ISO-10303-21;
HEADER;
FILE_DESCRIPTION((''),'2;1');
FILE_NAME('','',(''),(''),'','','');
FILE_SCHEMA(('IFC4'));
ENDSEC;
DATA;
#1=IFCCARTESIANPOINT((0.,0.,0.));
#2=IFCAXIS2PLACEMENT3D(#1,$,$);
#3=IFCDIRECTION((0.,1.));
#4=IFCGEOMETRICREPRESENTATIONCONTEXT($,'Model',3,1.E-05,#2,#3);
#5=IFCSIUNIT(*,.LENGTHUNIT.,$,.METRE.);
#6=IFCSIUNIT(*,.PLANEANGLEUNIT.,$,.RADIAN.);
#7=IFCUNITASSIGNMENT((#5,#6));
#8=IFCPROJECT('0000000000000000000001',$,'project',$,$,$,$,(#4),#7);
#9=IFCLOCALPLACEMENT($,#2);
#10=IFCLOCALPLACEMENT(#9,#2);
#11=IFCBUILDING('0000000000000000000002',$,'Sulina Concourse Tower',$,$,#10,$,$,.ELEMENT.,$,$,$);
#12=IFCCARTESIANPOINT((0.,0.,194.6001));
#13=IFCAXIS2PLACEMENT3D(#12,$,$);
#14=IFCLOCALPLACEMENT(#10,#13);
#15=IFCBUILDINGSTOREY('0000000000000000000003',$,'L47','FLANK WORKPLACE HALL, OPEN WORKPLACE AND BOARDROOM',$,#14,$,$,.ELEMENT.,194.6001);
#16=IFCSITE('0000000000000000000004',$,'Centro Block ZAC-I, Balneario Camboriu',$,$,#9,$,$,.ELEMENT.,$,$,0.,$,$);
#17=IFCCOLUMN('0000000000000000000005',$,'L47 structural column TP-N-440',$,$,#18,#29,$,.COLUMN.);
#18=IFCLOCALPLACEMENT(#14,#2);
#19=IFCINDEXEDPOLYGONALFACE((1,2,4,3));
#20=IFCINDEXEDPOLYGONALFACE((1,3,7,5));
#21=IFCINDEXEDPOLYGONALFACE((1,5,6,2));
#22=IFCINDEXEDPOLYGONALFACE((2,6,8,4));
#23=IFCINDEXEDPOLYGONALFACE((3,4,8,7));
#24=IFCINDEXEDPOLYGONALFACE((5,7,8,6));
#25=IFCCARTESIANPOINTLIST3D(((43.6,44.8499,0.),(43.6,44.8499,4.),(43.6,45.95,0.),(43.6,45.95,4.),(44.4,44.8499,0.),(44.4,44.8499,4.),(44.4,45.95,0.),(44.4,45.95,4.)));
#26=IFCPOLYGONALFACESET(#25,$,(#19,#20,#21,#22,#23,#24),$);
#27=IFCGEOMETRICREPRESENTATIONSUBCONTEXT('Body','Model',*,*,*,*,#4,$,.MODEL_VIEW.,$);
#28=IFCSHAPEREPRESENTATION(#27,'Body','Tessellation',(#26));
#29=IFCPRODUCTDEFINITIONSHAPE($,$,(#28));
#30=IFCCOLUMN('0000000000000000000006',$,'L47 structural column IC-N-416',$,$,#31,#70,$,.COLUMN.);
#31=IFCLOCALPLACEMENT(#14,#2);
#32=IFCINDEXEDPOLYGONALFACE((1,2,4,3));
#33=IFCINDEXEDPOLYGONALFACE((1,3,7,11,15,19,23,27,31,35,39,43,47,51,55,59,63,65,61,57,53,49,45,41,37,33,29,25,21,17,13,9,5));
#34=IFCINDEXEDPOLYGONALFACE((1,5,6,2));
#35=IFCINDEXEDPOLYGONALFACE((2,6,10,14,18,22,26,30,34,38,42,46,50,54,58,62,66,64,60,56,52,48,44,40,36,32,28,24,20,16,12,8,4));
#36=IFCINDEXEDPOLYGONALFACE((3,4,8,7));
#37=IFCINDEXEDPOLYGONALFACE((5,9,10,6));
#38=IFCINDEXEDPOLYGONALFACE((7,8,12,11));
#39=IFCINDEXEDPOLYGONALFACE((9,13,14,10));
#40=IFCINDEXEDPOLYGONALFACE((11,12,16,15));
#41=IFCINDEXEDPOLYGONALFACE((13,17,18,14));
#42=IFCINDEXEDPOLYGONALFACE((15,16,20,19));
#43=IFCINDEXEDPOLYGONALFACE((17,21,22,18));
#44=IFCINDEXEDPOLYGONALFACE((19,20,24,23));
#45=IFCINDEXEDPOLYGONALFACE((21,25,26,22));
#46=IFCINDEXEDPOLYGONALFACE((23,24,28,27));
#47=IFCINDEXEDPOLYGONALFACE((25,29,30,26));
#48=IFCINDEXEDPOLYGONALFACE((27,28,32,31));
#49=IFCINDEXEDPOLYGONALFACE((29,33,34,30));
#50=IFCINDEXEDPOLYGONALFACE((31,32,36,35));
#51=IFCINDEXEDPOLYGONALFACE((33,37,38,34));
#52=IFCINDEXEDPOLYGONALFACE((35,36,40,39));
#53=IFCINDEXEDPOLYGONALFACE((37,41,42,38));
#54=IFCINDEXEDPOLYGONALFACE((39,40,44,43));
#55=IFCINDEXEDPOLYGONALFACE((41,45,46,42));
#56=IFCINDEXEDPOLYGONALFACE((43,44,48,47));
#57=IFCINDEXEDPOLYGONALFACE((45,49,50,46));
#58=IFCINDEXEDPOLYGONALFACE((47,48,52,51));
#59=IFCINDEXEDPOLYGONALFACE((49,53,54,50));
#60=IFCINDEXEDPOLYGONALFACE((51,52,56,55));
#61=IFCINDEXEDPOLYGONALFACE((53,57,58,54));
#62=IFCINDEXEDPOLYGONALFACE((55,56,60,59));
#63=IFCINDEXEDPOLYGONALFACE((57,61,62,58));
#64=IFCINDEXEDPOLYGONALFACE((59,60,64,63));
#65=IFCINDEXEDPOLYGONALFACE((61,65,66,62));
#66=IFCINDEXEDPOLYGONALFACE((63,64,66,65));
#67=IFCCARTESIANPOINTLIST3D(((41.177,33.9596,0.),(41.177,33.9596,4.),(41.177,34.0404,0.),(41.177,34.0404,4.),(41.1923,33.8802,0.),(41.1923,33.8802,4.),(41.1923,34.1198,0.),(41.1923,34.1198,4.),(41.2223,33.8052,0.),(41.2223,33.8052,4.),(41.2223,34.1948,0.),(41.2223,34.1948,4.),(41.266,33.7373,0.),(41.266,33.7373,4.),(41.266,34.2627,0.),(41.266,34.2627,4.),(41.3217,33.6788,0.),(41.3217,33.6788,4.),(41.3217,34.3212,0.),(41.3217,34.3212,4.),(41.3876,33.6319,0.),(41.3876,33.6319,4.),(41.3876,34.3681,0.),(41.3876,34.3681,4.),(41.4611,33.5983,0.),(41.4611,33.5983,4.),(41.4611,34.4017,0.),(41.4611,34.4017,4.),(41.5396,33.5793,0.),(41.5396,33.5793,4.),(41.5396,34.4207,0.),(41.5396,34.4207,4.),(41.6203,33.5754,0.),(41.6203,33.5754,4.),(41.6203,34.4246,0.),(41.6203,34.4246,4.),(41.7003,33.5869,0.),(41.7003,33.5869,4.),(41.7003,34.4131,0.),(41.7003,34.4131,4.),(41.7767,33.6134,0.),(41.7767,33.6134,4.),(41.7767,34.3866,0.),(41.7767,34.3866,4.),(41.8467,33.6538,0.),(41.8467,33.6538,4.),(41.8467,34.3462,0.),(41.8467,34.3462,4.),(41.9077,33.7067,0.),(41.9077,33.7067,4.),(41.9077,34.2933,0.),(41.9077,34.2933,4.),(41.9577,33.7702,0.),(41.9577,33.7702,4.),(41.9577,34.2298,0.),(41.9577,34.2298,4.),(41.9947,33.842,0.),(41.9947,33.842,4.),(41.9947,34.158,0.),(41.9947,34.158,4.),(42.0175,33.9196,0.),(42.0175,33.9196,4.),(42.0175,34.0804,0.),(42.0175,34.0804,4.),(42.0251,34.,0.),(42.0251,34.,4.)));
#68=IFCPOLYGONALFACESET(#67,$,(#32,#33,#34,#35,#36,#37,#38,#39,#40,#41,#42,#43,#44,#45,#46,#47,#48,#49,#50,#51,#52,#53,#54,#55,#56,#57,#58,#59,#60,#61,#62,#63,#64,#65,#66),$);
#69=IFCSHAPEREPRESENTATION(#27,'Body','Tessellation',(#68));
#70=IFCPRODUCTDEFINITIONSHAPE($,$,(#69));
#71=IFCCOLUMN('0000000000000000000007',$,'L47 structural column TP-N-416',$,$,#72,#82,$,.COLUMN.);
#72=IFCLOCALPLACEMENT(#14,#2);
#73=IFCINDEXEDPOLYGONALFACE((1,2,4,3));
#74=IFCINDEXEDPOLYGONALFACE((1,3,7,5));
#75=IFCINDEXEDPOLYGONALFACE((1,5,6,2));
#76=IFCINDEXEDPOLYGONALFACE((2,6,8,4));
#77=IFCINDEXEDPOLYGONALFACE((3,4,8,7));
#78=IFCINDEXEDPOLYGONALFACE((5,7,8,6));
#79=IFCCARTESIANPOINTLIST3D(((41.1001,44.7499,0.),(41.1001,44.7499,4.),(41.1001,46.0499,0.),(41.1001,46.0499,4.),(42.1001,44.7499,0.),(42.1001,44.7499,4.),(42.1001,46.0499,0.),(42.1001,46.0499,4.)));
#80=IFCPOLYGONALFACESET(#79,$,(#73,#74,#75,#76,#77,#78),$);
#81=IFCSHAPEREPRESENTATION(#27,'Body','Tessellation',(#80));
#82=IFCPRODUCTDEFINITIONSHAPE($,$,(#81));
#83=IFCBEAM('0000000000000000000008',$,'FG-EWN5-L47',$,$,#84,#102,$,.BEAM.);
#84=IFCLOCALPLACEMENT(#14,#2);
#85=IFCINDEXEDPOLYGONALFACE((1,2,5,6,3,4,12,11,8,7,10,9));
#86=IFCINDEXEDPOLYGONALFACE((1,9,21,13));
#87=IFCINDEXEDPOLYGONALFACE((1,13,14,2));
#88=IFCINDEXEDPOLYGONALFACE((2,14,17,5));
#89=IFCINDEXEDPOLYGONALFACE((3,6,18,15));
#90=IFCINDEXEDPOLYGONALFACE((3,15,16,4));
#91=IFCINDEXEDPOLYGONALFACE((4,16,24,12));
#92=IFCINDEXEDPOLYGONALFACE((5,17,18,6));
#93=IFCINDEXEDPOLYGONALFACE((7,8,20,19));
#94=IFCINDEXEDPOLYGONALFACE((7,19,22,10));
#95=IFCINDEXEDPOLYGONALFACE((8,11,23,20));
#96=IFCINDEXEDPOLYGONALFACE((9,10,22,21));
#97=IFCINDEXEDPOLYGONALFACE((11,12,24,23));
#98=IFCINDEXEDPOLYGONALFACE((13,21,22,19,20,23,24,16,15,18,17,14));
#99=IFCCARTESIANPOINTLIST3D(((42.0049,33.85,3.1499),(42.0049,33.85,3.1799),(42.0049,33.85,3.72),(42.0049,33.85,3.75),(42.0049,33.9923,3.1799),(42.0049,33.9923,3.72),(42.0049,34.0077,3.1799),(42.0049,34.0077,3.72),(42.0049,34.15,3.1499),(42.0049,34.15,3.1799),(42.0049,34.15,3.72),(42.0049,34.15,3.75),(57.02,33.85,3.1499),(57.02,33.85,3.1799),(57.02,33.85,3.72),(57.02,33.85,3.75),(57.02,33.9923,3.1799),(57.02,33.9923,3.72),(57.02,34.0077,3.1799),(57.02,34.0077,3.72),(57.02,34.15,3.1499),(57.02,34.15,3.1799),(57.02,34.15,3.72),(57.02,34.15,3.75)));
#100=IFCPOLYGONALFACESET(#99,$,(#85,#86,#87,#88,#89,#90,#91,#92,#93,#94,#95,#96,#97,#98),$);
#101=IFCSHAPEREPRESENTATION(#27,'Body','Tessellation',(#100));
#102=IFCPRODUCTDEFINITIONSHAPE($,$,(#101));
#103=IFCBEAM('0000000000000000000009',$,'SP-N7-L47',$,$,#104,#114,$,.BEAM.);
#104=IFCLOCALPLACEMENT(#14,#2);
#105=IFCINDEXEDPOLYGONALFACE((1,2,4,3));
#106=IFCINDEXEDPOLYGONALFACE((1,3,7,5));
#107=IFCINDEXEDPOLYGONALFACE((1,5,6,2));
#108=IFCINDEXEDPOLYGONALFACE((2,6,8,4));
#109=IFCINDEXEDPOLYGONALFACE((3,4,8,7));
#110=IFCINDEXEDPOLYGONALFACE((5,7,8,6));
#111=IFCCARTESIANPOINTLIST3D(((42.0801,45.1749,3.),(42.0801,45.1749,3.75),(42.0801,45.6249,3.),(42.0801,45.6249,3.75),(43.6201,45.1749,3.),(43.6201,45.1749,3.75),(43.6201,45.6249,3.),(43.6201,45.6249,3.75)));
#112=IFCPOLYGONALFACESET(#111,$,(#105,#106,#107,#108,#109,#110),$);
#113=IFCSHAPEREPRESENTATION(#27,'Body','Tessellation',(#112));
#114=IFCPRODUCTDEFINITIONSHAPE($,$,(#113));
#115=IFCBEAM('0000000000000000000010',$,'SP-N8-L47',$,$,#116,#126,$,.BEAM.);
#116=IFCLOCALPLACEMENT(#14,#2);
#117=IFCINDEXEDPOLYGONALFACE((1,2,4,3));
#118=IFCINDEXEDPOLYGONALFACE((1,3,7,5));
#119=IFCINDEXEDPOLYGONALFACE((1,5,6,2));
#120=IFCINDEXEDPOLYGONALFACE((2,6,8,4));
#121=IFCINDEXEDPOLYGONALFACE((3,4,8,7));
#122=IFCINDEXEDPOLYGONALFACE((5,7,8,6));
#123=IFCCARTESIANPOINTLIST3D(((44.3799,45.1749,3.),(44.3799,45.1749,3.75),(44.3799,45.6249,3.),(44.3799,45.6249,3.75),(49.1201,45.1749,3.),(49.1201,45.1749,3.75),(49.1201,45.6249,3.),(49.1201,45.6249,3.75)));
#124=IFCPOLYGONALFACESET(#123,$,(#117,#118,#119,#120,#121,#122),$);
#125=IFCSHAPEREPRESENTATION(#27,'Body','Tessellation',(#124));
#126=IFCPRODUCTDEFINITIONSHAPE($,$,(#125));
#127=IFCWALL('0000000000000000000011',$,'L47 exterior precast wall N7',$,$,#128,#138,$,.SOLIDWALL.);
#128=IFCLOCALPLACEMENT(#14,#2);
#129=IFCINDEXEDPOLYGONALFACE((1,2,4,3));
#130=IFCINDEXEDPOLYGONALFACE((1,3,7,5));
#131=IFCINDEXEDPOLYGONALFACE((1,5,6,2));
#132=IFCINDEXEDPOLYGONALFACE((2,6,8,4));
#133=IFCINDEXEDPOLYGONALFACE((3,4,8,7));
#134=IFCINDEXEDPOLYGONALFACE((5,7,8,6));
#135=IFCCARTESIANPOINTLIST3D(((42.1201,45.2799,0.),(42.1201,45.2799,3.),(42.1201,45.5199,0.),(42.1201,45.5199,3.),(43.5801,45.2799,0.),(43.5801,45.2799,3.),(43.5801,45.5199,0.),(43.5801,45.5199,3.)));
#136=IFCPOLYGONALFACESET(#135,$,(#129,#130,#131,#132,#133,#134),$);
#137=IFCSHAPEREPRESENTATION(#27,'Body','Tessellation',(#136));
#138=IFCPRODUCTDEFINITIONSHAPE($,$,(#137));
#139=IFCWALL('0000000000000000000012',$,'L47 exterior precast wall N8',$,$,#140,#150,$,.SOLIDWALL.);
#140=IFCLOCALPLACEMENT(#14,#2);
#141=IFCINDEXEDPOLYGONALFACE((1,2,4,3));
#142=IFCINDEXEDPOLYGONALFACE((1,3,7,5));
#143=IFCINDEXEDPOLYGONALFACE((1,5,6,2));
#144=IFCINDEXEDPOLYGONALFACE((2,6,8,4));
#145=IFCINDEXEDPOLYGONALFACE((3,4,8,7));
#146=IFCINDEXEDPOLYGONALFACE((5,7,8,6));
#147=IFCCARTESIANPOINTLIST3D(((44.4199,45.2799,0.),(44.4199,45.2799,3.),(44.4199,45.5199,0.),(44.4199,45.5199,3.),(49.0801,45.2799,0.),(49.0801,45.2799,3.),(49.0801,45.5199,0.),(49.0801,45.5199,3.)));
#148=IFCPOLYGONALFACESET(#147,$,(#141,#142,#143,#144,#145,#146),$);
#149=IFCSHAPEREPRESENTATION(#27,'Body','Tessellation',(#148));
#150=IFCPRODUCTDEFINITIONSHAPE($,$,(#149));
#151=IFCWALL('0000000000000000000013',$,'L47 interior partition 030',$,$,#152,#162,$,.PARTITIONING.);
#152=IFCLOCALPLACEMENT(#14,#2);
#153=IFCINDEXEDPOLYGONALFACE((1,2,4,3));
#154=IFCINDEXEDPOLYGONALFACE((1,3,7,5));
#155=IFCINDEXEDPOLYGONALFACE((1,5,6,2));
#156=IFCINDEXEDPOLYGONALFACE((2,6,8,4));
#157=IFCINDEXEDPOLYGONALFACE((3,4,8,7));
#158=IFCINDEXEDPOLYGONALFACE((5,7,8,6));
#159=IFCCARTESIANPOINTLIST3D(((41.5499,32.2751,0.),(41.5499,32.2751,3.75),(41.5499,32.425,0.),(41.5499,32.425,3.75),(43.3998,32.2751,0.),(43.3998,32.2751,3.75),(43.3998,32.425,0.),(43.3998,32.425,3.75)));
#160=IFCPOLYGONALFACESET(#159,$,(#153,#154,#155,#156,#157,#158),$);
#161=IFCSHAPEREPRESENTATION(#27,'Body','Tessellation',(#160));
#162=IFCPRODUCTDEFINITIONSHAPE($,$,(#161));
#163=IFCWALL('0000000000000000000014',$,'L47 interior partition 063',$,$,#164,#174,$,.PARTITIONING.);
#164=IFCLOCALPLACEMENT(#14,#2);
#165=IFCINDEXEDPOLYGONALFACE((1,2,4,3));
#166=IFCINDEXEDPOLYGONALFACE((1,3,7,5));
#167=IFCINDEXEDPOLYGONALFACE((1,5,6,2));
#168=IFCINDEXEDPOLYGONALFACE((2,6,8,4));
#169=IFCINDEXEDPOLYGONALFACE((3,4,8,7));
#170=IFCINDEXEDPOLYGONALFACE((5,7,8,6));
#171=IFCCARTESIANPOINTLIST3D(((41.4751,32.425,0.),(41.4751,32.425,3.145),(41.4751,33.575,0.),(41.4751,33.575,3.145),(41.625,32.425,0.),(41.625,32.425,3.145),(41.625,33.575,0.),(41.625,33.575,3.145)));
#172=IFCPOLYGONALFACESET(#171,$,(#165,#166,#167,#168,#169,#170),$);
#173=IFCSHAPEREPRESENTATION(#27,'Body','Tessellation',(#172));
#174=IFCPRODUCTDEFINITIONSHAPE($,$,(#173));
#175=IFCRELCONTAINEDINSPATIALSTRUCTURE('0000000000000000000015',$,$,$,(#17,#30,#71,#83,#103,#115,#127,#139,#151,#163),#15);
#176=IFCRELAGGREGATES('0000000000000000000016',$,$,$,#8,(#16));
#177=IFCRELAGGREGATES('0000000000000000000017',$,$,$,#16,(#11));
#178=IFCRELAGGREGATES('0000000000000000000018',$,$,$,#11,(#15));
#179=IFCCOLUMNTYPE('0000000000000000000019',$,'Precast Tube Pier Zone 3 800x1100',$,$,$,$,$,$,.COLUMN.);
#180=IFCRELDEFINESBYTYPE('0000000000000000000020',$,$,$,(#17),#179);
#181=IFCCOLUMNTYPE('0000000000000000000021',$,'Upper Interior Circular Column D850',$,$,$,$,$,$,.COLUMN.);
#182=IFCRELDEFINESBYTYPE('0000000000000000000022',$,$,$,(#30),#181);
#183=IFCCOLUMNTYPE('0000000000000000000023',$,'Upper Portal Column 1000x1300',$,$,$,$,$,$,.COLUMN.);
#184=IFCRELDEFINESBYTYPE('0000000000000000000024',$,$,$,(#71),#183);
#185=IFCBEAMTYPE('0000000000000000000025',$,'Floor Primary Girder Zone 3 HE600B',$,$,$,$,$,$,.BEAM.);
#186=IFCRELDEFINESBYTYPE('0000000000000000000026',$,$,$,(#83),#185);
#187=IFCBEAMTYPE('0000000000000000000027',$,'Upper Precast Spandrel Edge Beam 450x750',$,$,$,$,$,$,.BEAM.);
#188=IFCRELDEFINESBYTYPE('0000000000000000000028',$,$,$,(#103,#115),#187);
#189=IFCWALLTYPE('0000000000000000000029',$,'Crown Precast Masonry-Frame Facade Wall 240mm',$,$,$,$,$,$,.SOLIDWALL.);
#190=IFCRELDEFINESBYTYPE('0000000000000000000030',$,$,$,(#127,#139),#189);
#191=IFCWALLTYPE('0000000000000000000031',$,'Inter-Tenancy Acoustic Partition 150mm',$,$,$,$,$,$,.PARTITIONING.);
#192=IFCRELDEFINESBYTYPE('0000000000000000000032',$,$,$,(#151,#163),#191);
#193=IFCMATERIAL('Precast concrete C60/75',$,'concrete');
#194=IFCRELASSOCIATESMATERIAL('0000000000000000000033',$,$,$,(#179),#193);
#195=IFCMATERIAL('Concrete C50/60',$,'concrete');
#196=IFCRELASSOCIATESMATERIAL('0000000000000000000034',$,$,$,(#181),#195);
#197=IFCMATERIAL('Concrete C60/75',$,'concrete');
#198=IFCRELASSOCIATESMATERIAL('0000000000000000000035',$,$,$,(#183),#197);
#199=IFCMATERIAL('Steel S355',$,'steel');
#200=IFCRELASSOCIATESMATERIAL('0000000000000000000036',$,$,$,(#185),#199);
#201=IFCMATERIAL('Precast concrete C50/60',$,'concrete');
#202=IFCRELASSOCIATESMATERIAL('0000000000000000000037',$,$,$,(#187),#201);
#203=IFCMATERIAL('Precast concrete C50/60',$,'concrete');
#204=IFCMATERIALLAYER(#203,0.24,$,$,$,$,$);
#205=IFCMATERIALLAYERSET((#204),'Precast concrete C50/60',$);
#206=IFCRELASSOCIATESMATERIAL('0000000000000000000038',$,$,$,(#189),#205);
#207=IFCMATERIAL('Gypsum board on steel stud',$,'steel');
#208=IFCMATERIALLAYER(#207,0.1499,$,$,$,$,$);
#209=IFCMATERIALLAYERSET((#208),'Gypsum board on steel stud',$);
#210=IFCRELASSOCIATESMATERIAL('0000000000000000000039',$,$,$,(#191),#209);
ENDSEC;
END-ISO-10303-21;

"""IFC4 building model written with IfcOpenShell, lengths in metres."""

from ifc_helpers import new_model, si_unit, direction, frame, frame_2d, origin, origin_2d, place, context, subcontext, project, spatial, rectangle, circle, i_section, extrude, material, layer, layer_set, material_profile, profile_set, type_object, element, save


model = new_model("IFC4")

# Units and contexts
model_context = context("Model", 3, precision=1e-05, world=origin(), true_north=direction((0.0, 1.0)))
body_context = subcontext(model_context, "Body", "Model", "MODEL_VIEW")
ifc_project = project(units=[si_unit("LENGTHUNIT", "METRE"), si_unit("PLANEANGLEUNIT", "RADIAN")], contexts=[model_context])

# Site, building, storey
site_placement = place(None, origin())
site = spatial("IfcSite", under=ifc_project, at=site_placement, Name="Centro Block ZAC-I, Balneario Camboriu", CompositionType="ELEMENT", RefElevation=0.0)
building_placement = place(site_placement, origin())
building = spatial("IfcBuilding", under=site, at=building_placement, Name="Sulina Concourse Tower", CompositionType="ELEMENT")
storey_placement = place(building_placement, frame((0.0, 0.0, 194.6001)))
storey = spatial("IfcBuildingStorey", under=building, at=storey_placement, Name="L47", Description="FLANK WORKPLACE HALL, OPEN WORKPLACE AND BOARDROOM", CompositionType="ELEMENT", Elevation=194.6001)

# Columns
ifc_material_1 = material(Name="Precast concrete C60/75", Category="concrete")
ifc_material_profile_1 = material_profile(ifc_material_1, rectangle(XDim=0.8, YDim=1.1001, at=origin_2d()), Name="PC 800x1100")
ifc_profile_set_1 = profile_set([ifc_material_profile_1], Name="Precast concrete C60/75")
column_type_1 = type_object("IfcColumnType", Name="Precast Tube Pier Zone 3 800x1100", PredefinedType="COLUMN", material=ifc_profile_set_1)
column_1_placement = place(storey_placement, frame((44.0, 45.3999, 0.0), z_axis=(0.0, 0.0, 1.0), x_axis=(1.0, 0.0, 0.0)))
element("IfcColumn", 1, at=column_1_placement, inside=storey, type_object=column_type_1, Name="L47 structural column TP-N-440", PredefinedType="COLUMN", context=body_context, shape_type="SweptSolid", body=[
    extrude(rectangle(XDim=0.8, YDim=1.1001, at=origin_2d()), origin(), (0.0, 0.0, 1.0), 4.0),
])
ifc_material_2 = material(Name="Concrete C50/60", Category="concrete")
ifc_material_profile_2 = material_profile(ifc_material_2, circle(Radius=0.425, at=origin_2d()), Name="RC D850")
ifc_profile_set_2 = profile_set([ifc_material_profile_2], Name="Concrete C50/60")
column_type_2 = type_object("IfcColumnType", Name="Upper Interior Circular Column D850", PredefinedType="COLUMN", material=ifc_profile_set_2)
column_2_placement = place(storey_placement, frame((41.6001, 34.0, 0.0), z_axis=(0.0, 0.0, 1.0), x_axis=(1.0, 0.0, 0.0)))
element("IfcColumn", 2, at=column_2_placement, inside=storey, type_object=column_type_2, Name="L47 structural column IC-N-416", PredefinedType="COLUMN", context=body_context, shape_type="SweptSolid", body=[
    extrude(circle(Radius=0.425, at=origin_2d()), origin(), (0.0, 0.0, 1.0), 4.0),
])
ifc_material_3 = material(Name="Concrete C60/75", Category="concrete")
ifc_material_profile_3 = material_profile(ifc_material_3, rectangle(XDim=1.0, YDim=1.3, at=origin_2d()), Name="RC 1000x1300")
ifc_profile_set_3 = profile_set([ifc_material_profile_3], Name="Concrete C60/75")
column_type_3 = type_object("IfcColumnType", Name="Upper Portal Column 1000x1300", PredefinedType="COLUMN", material=ifc_profile_set_3)
column_3_placement = place(storey_placement, frame((41.6001, 45.3999, 0.0), z_axis=(0.0, 0.0, 1.0), x_axis=(1.0, 0.0, 0.0)))
element("IfcColumn", 3, at=column_3_placement, inside=storey, type_object=column_type_3, Name="L47 structural column TP-N-416", PredefinedType="COLUMN", context=body_context, shape_type="SweptSolid", body=[
    extrude(rectangle(XDim=1.0, YDim=1.3, at=origin_2d()), origin(), (0.0, 0.0, 1.0), 4.0),
])

# Beams
ifc_material_4 = material(Name="Steel S355", Category="steel")
ifc_material_profile_4 = material_profile(ifc_material_4, i_section(OverallWidth=0.3, OverallDepth=0.6001, WebThickness=0.0154, FlangeThickness=0.03, at=origin_2d()), Name="HE 600 B")
ifc_profile_set_4 = profile_set([ifc_material_profile_4], Name="Steel S355")
beam_type_1 = type_object("IfcBeamType", Name="Floor Primary Girder Zone 3 HE600B", PredefinedType="BEAM", material=ifc_profile_set_4)
beam_1_placement = place(storey_placement, frame((42.0049, 34.0, 3.45), z_axis=(1.0, 0.0, 0.0), x_axis=(0.0, 1.0, 0.0)))
element("IfcBeam", 4, at=beam_1_placement, inside=storey, type_object=beam_type_1, Name="FG-EWN5-L47", PredefinedType="BEAM", context=body_context, shape_type="SweptSolid", body=[
    extrude(i_section(OverallWidth=0.3, OverallDepth=0.6001, WebThickness=0.0154, FlangeThickness=0.03, at=origin_2d()), origin(), (0.0, 0.0, 1.0), 15.0151),
])
ifc_material_5 = material(Name="Precast concrete C50/60", Category="concrete")
ifc_material_profile_5 = material_profile(ifc_material_5, rectangle(XDim=0.45, YDim=0.75, at=origin_2d()), Name="RC 450x750")
ifc_profile_set_5 = profile_set([ifc_material_profile_5], Name="Precast concrete C50/60")
beam_type_2 = type_object("IfcBeamType", Name="Upper Precast Spandrel Edge Beam 450x750", PredefinedType="BEAM", material=ifc_profile_set_5)
beam_2_placement = place(storey_placement, frame((42.0801, 45.3999, 3.375), z_axis=(1.0, 0.0, 0.0), x_axis=(0.0, 1.0, 0.0)))
element("IfcBeam", 5, at=beam_2_placement, inside=storey, type_object=beam_type_2, Name="SP-N7-L47", PredefinedType="BEAM", context=body_context, shape_type="SweptSolid", body=[
    extrude(rectangle(XDim=0.45, YDim=0.75, at=origin_2d()), origin(), (0.0, 0.0, 1.0), 1.54),
])
beam_3_placement = place(storey_placement, frame((44.3799, 45.3999, 3.375), z_axis=(1.0, 0.0, 0.0), x_axis=(0.0, 1.0, 0.0)))
element("IfcBeam", 6, at=beam_3_placement, inside=storey, type_object=beam_type_2, Name="SP-N8-L47", PredefinedType="BEAM", context=body_context, shape_type="SweptSolid", body=[
    extrude(rectangle(XDim=0.45, YDim=0.75, at=origin_2d()), origin(), (0.0, 0.0, 1.0), 4.7402),
])

# Walls
ifc_material_6 = material(Name="Precast concrete C50/60", Category="concrete")
ifc_layer_1 = layer(ifc_material_6, 0.24)
ifc_layer_set_1 = layer_set([ifc_layer_1], Name="Precast concrete C50/60")
wall_type_1 = type_object("IfcWallType", Name="Crown Precast Masonry-Frame Facade Wall 240mm", PredefinedType="SOLIDWALL", material=ifc_layer_set_1)
wall_1_placement = place(storey_placement, frame((42.1201, 45.3999, 0.0), z_axis=(0.0, 0.0, 1.0), x_axis=(1.0, 0.0, 0.0)))
element("IfcWall", 7, at=wall_1_placement, inside=storey, type_object=wall_type_1, Name="L47 exterior precast wall N7", PredefinedType="SOLIDWALL", context=body_context, shape_type="SweptSolid", body=[
    extrude(rectangle(XDim=1.46, YDim=0.24, at=frame_2d((0.73, 0.0))), origin(), (0.0, 0.0, 1.0), 3.0),
])
wall_2_placement = place(storey_placement, frame((44.4199, 45.3999, 0.0), z_axis=(0.0, 0.0, 1.0), x_axis=(1.0, 0.0, 0.0)))
element("IfcWall", 8, at=wall_2_placement, inside=storey, type_object=wall_type_1, Name="L47 exterior precast wall N8", PredefinedType="SOLIDWALL", context=body_context, shape_type="SweptSolid", body=[
    extrude(rectangle(XDim=4.6602, YDim=0.24, at=frame_2d((2.3301, 0.0))), origin(), (0.0, 0.0, 1.0), 3.0),
])
ifc_material_7 = material(Name="Gypsum board on steel stud", Category="steel")
ifc_layer_2 = layer(ifc_material_7, 0.1499)
ifc_layer_set_2 = layer_set([ifc_layer_2], Name="Gypsum board on steel stud")
wall_type_2 = type_object("IfcWallType", Name="Inter-Tenancy Acoustic Partition 150mm", PredefinedType="PARTITIONING", material=ifc_layer_set_2)
wall_3_placement = place(storey_placement, frame((41.55, 32.3501, 0.0), z_axis=(0.0, 0.0, 1.0), x_axis=(1.0, 0.0, 0.0)))
element("IfcWall", 9, at=wall_3_placement, inside=storey, type_object=wall_type_2, Name="L47 interior partition 030", PredefinedType="PARTITIONING", context=body_context, shape_type="SweptSolid", body=[
    extrude(rectangle(XDim=1.8499, YDim=0.1499, at=frame_2d((0.9248, 0.0))), origin(), (0.0, 0.0, 1.0), 3.75),
])
wall_4_placement = place(storey_placement, frame((41.55, 32.425, 0.0), z_axis=(0.0, 0.0, 1.0), x_axis=(0.0, 1.0, 0.0)))
element("IfcWall", 10, at=wall_4_placement, inside=storey, type_object=wall_type_2, Name="L47 interior partition 063", PredefinedType="PARTITIONING", context=body_context, shape_type="SweptSolid", body=[
    extrude(rectangle(XDim=1.1499, YDim=0.1499, at=frame_2d((0.575, 0.0))), origin(), (0.0, 0.0, 1.0), 3.145),
])

save(model, "model.ifc")
